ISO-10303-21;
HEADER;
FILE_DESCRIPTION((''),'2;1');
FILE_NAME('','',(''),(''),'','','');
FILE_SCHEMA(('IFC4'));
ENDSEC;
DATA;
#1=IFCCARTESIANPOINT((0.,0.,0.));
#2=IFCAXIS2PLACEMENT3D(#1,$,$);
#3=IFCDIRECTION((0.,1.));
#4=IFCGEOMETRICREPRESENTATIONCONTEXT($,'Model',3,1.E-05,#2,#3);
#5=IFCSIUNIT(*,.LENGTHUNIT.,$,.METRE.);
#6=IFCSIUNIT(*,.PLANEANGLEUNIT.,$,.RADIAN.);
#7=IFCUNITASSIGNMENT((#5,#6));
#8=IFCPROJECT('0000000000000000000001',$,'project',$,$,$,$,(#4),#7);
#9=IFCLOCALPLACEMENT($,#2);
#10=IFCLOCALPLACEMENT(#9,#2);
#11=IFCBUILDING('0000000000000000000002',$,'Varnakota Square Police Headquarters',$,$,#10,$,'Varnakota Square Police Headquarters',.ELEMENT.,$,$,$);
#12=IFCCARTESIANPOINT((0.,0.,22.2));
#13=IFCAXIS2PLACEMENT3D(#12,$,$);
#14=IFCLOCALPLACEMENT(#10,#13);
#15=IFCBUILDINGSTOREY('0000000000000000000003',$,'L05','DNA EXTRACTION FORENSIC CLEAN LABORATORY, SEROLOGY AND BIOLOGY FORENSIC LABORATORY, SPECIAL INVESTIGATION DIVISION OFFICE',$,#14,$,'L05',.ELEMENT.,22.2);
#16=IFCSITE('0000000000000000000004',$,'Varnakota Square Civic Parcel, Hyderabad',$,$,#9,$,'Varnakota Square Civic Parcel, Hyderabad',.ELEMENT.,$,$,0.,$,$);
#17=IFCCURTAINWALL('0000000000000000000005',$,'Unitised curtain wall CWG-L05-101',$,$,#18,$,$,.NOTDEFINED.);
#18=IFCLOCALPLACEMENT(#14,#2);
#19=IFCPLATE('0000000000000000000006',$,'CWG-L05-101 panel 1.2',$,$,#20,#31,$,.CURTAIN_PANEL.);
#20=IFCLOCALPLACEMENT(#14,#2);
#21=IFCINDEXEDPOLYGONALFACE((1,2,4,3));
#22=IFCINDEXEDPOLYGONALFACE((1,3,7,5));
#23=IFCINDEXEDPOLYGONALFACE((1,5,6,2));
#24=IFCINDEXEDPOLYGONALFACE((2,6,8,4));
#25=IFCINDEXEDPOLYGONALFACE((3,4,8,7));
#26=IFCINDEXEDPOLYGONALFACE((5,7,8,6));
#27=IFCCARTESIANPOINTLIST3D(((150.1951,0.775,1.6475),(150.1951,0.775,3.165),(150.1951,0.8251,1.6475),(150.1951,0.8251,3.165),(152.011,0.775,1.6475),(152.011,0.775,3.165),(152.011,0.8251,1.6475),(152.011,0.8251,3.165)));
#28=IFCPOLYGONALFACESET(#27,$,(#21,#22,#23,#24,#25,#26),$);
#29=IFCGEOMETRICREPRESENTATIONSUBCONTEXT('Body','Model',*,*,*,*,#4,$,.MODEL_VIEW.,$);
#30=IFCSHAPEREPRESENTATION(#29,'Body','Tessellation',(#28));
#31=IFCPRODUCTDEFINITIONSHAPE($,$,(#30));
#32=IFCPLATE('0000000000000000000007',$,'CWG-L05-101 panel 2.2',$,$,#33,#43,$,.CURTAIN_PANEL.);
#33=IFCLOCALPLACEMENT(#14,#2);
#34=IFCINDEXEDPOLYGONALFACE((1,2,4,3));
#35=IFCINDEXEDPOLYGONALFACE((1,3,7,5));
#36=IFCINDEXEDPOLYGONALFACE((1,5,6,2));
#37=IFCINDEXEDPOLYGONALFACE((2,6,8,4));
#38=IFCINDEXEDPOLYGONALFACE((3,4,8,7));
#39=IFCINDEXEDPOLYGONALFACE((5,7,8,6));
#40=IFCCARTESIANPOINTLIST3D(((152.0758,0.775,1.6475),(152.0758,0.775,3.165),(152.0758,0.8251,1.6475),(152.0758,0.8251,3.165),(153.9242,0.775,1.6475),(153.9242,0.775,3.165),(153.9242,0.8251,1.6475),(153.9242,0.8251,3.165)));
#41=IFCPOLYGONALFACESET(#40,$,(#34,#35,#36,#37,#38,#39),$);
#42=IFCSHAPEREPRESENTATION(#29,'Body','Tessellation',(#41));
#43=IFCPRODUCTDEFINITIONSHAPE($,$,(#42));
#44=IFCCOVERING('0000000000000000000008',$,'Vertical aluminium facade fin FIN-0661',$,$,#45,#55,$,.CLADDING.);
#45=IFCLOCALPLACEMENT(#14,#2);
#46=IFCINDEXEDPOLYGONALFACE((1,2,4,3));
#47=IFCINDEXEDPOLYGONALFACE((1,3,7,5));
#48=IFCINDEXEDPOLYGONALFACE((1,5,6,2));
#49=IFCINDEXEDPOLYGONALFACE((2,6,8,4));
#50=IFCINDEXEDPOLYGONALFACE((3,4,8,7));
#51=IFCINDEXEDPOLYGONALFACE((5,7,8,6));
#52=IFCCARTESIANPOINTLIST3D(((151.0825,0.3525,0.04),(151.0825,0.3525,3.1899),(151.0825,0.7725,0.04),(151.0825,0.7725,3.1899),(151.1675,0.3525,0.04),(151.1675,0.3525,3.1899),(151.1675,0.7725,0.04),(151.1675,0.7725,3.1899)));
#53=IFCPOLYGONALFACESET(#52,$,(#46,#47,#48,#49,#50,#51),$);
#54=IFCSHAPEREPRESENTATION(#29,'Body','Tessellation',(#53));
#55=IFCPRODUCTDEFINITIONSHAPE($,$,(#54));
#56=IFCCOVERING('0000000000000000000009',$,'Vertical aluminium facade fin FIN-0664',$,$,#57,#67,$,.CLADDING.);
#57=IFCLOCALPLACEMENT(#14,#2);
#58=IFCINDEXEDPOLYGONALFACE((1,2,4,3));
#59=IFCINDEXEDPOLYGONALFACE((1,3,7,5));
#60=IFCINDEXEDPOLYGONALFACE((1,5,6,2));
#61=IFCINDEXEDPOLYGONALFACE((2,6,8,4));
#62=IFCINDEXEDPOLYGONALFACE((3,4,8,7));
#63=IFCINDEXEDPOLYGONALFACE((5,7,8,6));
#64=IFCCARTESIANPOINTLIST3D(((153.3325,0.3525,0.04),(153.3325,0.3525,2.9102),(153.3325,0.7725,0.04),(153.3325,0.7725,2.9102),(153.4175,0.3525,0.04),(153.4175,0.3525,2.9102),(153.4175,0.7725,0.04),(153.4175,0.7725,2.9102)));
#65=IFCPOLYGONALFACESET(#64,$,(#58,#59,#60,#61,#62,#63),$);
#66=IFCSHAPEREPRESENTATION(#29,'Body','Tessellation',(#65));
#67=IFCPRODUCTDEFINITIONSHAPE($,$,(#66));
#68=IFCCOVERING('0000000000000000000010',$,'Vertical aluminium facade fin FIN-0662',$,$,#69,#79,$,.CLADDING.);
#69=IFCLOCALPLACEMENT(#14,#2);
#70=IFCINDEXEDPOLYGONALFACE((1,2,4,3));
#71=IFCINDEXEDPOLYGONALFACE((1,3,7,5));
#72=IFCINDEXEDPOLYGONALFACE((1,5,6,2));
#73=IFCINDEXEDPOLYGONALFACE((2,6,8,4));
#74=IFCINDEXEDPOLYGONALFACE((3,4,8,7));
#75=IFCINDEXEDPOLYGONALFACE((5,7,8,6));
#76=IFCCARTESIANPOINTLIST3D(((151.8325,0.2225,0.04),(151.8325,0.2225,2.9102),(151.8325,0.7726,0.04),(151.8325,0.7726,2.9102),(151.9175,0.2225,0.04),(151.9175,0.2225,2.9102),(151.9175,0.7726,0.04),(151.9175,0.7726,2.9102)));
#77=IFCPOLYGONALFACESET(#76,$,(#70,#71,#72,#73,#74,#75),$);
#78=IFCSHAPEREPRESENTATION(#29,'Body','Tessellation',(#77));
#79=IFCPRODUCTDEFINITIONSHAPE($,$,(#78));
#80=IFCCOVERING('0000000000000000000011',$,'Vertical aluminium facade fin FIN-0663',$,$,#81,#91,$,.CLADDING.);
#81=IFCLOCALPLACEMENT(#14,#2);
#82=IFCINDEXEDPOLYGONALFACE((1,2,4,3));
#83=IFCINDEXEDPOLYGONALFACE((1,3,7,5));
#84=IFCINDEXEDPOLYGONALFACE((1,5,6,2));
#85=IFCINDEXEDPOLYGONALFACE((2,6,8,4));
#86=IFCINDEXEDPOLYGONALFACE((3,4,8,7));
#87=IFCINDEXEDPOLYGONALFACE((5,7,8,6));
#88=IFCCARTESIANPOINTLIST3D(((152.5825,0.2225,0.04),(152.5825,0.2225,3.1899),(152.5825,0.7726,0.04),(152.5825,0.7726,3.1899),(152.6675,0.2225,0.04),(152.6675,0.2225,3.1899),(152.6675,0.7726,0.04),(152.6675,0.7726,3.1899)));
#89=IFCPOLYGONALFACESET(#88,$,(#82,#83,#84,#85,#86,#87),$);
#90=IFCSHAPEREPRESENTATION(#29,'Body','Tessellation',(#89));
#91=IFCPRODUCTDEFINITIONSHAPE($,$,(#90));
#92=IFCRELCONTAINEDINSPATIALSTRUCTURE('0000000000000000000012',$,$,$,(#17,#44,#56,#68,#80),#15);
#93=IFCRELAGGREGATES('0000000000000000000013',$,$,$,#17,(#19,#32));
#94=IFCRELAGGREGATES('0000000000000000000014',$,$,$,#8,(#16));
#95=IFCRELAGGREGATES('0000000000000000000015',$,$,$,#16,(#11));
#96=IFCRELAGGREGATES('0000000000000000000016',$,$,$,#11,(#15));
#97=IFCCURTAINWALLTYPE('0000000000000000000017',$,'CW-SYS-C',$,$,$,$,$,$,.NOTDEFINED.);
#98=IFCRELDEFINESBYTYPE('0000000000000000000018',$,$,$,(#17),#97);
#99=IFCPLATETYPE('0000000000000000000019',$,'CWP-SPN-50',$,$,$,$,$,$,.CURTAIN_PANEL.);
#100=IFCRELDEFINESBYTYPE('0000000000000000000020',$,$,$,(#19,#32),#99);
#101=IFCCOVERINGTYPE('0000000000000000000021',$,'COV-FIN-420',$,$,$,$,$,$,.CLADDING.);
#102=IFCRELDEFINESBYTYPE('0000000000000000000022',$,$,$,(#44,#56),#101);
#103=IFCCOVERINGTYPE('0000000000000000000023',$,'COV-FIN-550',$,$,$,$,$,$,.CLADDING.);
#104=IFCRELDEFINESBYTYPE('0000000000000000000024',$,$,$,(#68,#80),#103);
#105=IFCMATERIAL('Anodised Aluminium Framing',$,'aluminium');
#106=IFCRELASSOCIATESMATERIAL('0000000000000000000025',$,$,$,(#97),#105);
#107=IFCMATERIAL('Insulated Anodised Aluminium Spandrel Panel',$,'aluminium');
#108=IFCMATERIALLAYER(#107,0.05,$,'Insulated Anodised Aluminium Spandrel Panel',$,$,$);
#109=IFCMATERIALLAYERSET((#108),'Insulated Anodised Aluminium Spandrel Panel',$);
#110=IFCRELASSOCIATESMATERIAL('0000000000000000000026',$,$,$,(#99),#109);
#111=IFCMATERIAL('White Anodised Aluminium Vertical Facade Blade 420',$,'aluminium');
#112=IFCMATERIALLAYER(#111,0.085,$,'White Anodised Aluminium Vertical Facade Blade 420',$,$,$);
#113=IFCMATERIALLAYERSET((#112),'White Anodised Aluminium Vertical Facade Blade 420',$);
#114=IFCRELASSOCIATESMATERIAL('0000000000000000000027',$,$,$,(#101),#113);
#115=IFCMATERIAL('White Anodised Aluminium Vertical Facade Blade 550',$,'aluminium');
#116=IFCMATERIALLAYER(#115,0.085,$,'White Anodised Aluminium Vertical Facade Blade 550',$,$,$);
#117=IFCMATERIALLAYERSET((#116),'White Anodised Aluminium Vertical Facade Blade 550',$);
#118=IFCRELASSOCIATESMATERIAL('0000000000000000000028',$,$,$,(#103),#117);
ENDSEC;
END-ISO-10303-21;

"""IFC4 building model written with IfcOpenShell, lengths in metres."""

from ifc_helpers import new_model, si_unit, direction, frame, origin, origin_2d, place, context, subcontext, project, spatial, rectangle, extrude, material, layer, layer_set, type_object, element, aggregate, save


model = new_model("IFC4")

# Units and contexts
model_context = context("Model", 3, precision=1e-05, world=origin(), true_north=direction((0.0, 1.0)))
body_context = subcontext(model_context, "Body", "Model", "MODEL_VIEW")
ifc_project = project(units=[si_unit("LENGTHUNIT", "METRE"), si_unit("PLANEANGLEUNIT", "RADIAN")], contexts=[model_context])

# Site, building, storey
site_placement = place(None, origin())
site = spatial("IfcSite", under=ifc_project, at=site_placement, Name="Varnakota Square Civic Parcel, Hyderabad", LongName="Varnakota Square Civic Parcel, Hyderabad", CompositionType="ELEMENT", RefElevation=0.0)
building_placement = place(site_placement, origin())
building = spatial("IfcBuilding", under=site, at=building_placement, Name="Varnakota Square Police Headquarters", LongName="Varnakota Square Police Headquarters", CompositionType="ELEMENT")
storey_placement = place(building_placement, frame((0.0, 0.0, 22.2)))
storey = spatial("IfcBuildingStorey", under=building, at=storey_placement, Name="L05", Description="DNA EXTRACTION FORENSIC CLEAN LABORATORY, SEROLOGY AND BIOLOGY FORENSIC LABORATORY, SPECIAL INVESTIGATION DIVISION OFFICE", LongName="L05", CompositionType="ELEMENT", Elevation=22.2)

# Curtain wall, plates
ifc_material_1 = material(Name="Anodised Aluminium Framing", Category="aluminium")
curtain_wall_type = type_object("IfcCurtainWallType", Name="CW-SYS-C", PredefinedType="NOTDEFINED", material=ifc_material_1)
curtain_wall_placement = place(storey_placement, origin())
curtain_wall = element("IfcCurtainWall", 1, at=curtain_wall_placement, inside=storey, type_object=curtain_wall_type, Name="Unitised curtain wall CWG-L05-101", PredefinedType="NOTDEFINED")
ifc_material_2 = material(Name="Insulated Anodised Aluminium Spandrel Panel", Category="aluminium")
ifc_layer_1 = layer(ifc_material_2, 0.05, Name="Insulated Anodised Aluminium Spandrel Panel")
ifc_layer_set_1 = layer_set([ifc_layer_1], Name="Insulated Anodised Aluminium Spandrel Panel")
plate_type_1 = type_object("IfcPlateType", Name="CWP-SPN-50", PredefinedType="CURTAIN_PANEL", material=ifc_layer_set_1)
plate_1_placement = place(storey_placement, frame((151.103, 0.8, 1.6475), z_axis=(0.0, 0.0, 1.0), x_axis=(1.0, 0.0, 0.0)))
plate_1 = element("IfcPlate", 2, at=plate_1_placement, type_object=plate_type_1, Name="CWG-L05-101 panel 1.2", PredefinedType="CURTAIN_PANEL", context=body_context, shape_type="SweptSolid", body=[
    extrude(rectangle(XDim=1.8159, YDim=0.05, at=origin_2d()), origin(), (0.0, 0.0, 1.0), 1.5176),
])
plate_2_placement = place(storey_placement, frame((153.0, 0.8, 1.6475), z_axis=(0.0, 0.0, 1.0), x_axis=(1.0, 0.0, 0.0)))
plate_2 = element("IfcPlate", 3, at=plate_2_placement, type_object=plate_type_1, Name="CWG-L05-101 panel 2.2", PredefinedType="CURTAIN_PANEL", context=body_context, shape_type="SweptSolid", body=[
    extrude(rectangle(XDim=1.8484, YDim=0.05, at=origin_2d()), origin(), (0.0, 0.0, 1.0), 1.5176),
])
aggregate(curtain_wall, [plate_1, plate_2])

# Coverings
ifc_material_3 = material(Name="White Anodised Aluminium Vertical Facade Blade 420", Category="aluminium")
ifc_layer_2 = layer(ifc_material_3, 0.085, Name="White Anodised Aluminium Vertical Facade Blade 420")
ifc_layer_set_2 = layer_set([ifc_layer_2], Name="White Anodised Aluminium Vertical Facade Blade 420")
covering_type_1 = type_object("IfcCoveringType", Name="COV-FIN-420", PredefinedType="CLADDING", material=ifc_layer_set_2)
covering_1_placement = place(storey_placement, frame((151.125, 0.5625, 0.04), z_axis=(0.0, 0.0, 1.0), x_axis=(1.0, 0.0, 0.0)))
element("IfcCovering", 4, at=covering_1_placement, inside=storey, type_object=covering_type_1, Name="Vertical aluminium facade fin FIN-0661", PredefinedType="CLADDING", context=body_context, shape_type="SweptSolid", body=[
    extrude(rectangle(XDim=0.085, YDim=0.4199, at=origin_2d()), origin(), (0.0, 0.0, 1.0), 3.1499),
])
covering_2_placement = place(storey_placement, frame((153.375, 0.5625, 0.04), z_axis=(0.0, 0.0, 1.0), x_axis=(1.0, 0.0, 0.0)))
element("IfcCovering", 5, at=covering_2_placement, inside=storey, type_object=covering_type_1, Name="Vertical aluminium facade fin FIN-0664", PredefinedType="CLADDING", context=body_context, shape_type="SweptSolid", body=[
    extrude(rectangle(XDim=0.085, YDim=0.4199, at=origin_2d()), origin(), (0.0, 0.0, 1.0), 2.8701),
])
ifc_material_4 = material(Name="White Anodised Aluminium Vertical Facade Blade 550", Category="aluminium")
ifc_layer_3 = layer(ifc_material_4, 0.085, Name="White Anodised Aluminium Vertical Facade Blade 550")
ifc_layer_set_3 = layer_set([ifc_layer_3], Name="White Anodised Aluminium Vertical Facade Blade 550")
covering_type_2 = type_object("IfcCoveringType", Name="COV-FIN-550", PredefinedType="CLADDING", material=ifc_layer_set_3)
covering_3_placement = place(storey_placement, frame((151.875, 0.4976, 0.04), z_axis=(0.0, 0.0, 1.0), x_axis=(1.0, 0.0, 0.0)))
element("IfcCovering", 6, at=covering_3_placement, inside=storey, type_object=covering_type_2, Name="Vertical aluminium facade fin FIN-0662", PredefinedType="CLADDING", context=body_context, shape_type="SweptSolid", body=[
    extrude(rectangle(XDim=0.085, YDim=0.55, at=origin_2d()), origin(), (0.0, 0.0, 1.0), 2.8701),
])
covering_4_placement = place(storey_placement, frame((152.625, 0.4976, 0.04), z_axis=(0.0, 0.0, 1.0), x_axis=(1.0, 0.0, 0.0)))
element("IfcCovering", 7, at=covering_4_placement, inside=storey, type_object=covering_type_2, Name="Vertical aluminium facade fin FIN-0663", PredefinedType="CLADDING", context=body_context, shape_type="SweptSolid", body=[
    extrude(rectangle(XDim=0.085, YDim=0.55, at=origin_2d()), origin(), (0.0, 0.0, 1.0), 3.1499),
])

save(model, "model.ifc")
